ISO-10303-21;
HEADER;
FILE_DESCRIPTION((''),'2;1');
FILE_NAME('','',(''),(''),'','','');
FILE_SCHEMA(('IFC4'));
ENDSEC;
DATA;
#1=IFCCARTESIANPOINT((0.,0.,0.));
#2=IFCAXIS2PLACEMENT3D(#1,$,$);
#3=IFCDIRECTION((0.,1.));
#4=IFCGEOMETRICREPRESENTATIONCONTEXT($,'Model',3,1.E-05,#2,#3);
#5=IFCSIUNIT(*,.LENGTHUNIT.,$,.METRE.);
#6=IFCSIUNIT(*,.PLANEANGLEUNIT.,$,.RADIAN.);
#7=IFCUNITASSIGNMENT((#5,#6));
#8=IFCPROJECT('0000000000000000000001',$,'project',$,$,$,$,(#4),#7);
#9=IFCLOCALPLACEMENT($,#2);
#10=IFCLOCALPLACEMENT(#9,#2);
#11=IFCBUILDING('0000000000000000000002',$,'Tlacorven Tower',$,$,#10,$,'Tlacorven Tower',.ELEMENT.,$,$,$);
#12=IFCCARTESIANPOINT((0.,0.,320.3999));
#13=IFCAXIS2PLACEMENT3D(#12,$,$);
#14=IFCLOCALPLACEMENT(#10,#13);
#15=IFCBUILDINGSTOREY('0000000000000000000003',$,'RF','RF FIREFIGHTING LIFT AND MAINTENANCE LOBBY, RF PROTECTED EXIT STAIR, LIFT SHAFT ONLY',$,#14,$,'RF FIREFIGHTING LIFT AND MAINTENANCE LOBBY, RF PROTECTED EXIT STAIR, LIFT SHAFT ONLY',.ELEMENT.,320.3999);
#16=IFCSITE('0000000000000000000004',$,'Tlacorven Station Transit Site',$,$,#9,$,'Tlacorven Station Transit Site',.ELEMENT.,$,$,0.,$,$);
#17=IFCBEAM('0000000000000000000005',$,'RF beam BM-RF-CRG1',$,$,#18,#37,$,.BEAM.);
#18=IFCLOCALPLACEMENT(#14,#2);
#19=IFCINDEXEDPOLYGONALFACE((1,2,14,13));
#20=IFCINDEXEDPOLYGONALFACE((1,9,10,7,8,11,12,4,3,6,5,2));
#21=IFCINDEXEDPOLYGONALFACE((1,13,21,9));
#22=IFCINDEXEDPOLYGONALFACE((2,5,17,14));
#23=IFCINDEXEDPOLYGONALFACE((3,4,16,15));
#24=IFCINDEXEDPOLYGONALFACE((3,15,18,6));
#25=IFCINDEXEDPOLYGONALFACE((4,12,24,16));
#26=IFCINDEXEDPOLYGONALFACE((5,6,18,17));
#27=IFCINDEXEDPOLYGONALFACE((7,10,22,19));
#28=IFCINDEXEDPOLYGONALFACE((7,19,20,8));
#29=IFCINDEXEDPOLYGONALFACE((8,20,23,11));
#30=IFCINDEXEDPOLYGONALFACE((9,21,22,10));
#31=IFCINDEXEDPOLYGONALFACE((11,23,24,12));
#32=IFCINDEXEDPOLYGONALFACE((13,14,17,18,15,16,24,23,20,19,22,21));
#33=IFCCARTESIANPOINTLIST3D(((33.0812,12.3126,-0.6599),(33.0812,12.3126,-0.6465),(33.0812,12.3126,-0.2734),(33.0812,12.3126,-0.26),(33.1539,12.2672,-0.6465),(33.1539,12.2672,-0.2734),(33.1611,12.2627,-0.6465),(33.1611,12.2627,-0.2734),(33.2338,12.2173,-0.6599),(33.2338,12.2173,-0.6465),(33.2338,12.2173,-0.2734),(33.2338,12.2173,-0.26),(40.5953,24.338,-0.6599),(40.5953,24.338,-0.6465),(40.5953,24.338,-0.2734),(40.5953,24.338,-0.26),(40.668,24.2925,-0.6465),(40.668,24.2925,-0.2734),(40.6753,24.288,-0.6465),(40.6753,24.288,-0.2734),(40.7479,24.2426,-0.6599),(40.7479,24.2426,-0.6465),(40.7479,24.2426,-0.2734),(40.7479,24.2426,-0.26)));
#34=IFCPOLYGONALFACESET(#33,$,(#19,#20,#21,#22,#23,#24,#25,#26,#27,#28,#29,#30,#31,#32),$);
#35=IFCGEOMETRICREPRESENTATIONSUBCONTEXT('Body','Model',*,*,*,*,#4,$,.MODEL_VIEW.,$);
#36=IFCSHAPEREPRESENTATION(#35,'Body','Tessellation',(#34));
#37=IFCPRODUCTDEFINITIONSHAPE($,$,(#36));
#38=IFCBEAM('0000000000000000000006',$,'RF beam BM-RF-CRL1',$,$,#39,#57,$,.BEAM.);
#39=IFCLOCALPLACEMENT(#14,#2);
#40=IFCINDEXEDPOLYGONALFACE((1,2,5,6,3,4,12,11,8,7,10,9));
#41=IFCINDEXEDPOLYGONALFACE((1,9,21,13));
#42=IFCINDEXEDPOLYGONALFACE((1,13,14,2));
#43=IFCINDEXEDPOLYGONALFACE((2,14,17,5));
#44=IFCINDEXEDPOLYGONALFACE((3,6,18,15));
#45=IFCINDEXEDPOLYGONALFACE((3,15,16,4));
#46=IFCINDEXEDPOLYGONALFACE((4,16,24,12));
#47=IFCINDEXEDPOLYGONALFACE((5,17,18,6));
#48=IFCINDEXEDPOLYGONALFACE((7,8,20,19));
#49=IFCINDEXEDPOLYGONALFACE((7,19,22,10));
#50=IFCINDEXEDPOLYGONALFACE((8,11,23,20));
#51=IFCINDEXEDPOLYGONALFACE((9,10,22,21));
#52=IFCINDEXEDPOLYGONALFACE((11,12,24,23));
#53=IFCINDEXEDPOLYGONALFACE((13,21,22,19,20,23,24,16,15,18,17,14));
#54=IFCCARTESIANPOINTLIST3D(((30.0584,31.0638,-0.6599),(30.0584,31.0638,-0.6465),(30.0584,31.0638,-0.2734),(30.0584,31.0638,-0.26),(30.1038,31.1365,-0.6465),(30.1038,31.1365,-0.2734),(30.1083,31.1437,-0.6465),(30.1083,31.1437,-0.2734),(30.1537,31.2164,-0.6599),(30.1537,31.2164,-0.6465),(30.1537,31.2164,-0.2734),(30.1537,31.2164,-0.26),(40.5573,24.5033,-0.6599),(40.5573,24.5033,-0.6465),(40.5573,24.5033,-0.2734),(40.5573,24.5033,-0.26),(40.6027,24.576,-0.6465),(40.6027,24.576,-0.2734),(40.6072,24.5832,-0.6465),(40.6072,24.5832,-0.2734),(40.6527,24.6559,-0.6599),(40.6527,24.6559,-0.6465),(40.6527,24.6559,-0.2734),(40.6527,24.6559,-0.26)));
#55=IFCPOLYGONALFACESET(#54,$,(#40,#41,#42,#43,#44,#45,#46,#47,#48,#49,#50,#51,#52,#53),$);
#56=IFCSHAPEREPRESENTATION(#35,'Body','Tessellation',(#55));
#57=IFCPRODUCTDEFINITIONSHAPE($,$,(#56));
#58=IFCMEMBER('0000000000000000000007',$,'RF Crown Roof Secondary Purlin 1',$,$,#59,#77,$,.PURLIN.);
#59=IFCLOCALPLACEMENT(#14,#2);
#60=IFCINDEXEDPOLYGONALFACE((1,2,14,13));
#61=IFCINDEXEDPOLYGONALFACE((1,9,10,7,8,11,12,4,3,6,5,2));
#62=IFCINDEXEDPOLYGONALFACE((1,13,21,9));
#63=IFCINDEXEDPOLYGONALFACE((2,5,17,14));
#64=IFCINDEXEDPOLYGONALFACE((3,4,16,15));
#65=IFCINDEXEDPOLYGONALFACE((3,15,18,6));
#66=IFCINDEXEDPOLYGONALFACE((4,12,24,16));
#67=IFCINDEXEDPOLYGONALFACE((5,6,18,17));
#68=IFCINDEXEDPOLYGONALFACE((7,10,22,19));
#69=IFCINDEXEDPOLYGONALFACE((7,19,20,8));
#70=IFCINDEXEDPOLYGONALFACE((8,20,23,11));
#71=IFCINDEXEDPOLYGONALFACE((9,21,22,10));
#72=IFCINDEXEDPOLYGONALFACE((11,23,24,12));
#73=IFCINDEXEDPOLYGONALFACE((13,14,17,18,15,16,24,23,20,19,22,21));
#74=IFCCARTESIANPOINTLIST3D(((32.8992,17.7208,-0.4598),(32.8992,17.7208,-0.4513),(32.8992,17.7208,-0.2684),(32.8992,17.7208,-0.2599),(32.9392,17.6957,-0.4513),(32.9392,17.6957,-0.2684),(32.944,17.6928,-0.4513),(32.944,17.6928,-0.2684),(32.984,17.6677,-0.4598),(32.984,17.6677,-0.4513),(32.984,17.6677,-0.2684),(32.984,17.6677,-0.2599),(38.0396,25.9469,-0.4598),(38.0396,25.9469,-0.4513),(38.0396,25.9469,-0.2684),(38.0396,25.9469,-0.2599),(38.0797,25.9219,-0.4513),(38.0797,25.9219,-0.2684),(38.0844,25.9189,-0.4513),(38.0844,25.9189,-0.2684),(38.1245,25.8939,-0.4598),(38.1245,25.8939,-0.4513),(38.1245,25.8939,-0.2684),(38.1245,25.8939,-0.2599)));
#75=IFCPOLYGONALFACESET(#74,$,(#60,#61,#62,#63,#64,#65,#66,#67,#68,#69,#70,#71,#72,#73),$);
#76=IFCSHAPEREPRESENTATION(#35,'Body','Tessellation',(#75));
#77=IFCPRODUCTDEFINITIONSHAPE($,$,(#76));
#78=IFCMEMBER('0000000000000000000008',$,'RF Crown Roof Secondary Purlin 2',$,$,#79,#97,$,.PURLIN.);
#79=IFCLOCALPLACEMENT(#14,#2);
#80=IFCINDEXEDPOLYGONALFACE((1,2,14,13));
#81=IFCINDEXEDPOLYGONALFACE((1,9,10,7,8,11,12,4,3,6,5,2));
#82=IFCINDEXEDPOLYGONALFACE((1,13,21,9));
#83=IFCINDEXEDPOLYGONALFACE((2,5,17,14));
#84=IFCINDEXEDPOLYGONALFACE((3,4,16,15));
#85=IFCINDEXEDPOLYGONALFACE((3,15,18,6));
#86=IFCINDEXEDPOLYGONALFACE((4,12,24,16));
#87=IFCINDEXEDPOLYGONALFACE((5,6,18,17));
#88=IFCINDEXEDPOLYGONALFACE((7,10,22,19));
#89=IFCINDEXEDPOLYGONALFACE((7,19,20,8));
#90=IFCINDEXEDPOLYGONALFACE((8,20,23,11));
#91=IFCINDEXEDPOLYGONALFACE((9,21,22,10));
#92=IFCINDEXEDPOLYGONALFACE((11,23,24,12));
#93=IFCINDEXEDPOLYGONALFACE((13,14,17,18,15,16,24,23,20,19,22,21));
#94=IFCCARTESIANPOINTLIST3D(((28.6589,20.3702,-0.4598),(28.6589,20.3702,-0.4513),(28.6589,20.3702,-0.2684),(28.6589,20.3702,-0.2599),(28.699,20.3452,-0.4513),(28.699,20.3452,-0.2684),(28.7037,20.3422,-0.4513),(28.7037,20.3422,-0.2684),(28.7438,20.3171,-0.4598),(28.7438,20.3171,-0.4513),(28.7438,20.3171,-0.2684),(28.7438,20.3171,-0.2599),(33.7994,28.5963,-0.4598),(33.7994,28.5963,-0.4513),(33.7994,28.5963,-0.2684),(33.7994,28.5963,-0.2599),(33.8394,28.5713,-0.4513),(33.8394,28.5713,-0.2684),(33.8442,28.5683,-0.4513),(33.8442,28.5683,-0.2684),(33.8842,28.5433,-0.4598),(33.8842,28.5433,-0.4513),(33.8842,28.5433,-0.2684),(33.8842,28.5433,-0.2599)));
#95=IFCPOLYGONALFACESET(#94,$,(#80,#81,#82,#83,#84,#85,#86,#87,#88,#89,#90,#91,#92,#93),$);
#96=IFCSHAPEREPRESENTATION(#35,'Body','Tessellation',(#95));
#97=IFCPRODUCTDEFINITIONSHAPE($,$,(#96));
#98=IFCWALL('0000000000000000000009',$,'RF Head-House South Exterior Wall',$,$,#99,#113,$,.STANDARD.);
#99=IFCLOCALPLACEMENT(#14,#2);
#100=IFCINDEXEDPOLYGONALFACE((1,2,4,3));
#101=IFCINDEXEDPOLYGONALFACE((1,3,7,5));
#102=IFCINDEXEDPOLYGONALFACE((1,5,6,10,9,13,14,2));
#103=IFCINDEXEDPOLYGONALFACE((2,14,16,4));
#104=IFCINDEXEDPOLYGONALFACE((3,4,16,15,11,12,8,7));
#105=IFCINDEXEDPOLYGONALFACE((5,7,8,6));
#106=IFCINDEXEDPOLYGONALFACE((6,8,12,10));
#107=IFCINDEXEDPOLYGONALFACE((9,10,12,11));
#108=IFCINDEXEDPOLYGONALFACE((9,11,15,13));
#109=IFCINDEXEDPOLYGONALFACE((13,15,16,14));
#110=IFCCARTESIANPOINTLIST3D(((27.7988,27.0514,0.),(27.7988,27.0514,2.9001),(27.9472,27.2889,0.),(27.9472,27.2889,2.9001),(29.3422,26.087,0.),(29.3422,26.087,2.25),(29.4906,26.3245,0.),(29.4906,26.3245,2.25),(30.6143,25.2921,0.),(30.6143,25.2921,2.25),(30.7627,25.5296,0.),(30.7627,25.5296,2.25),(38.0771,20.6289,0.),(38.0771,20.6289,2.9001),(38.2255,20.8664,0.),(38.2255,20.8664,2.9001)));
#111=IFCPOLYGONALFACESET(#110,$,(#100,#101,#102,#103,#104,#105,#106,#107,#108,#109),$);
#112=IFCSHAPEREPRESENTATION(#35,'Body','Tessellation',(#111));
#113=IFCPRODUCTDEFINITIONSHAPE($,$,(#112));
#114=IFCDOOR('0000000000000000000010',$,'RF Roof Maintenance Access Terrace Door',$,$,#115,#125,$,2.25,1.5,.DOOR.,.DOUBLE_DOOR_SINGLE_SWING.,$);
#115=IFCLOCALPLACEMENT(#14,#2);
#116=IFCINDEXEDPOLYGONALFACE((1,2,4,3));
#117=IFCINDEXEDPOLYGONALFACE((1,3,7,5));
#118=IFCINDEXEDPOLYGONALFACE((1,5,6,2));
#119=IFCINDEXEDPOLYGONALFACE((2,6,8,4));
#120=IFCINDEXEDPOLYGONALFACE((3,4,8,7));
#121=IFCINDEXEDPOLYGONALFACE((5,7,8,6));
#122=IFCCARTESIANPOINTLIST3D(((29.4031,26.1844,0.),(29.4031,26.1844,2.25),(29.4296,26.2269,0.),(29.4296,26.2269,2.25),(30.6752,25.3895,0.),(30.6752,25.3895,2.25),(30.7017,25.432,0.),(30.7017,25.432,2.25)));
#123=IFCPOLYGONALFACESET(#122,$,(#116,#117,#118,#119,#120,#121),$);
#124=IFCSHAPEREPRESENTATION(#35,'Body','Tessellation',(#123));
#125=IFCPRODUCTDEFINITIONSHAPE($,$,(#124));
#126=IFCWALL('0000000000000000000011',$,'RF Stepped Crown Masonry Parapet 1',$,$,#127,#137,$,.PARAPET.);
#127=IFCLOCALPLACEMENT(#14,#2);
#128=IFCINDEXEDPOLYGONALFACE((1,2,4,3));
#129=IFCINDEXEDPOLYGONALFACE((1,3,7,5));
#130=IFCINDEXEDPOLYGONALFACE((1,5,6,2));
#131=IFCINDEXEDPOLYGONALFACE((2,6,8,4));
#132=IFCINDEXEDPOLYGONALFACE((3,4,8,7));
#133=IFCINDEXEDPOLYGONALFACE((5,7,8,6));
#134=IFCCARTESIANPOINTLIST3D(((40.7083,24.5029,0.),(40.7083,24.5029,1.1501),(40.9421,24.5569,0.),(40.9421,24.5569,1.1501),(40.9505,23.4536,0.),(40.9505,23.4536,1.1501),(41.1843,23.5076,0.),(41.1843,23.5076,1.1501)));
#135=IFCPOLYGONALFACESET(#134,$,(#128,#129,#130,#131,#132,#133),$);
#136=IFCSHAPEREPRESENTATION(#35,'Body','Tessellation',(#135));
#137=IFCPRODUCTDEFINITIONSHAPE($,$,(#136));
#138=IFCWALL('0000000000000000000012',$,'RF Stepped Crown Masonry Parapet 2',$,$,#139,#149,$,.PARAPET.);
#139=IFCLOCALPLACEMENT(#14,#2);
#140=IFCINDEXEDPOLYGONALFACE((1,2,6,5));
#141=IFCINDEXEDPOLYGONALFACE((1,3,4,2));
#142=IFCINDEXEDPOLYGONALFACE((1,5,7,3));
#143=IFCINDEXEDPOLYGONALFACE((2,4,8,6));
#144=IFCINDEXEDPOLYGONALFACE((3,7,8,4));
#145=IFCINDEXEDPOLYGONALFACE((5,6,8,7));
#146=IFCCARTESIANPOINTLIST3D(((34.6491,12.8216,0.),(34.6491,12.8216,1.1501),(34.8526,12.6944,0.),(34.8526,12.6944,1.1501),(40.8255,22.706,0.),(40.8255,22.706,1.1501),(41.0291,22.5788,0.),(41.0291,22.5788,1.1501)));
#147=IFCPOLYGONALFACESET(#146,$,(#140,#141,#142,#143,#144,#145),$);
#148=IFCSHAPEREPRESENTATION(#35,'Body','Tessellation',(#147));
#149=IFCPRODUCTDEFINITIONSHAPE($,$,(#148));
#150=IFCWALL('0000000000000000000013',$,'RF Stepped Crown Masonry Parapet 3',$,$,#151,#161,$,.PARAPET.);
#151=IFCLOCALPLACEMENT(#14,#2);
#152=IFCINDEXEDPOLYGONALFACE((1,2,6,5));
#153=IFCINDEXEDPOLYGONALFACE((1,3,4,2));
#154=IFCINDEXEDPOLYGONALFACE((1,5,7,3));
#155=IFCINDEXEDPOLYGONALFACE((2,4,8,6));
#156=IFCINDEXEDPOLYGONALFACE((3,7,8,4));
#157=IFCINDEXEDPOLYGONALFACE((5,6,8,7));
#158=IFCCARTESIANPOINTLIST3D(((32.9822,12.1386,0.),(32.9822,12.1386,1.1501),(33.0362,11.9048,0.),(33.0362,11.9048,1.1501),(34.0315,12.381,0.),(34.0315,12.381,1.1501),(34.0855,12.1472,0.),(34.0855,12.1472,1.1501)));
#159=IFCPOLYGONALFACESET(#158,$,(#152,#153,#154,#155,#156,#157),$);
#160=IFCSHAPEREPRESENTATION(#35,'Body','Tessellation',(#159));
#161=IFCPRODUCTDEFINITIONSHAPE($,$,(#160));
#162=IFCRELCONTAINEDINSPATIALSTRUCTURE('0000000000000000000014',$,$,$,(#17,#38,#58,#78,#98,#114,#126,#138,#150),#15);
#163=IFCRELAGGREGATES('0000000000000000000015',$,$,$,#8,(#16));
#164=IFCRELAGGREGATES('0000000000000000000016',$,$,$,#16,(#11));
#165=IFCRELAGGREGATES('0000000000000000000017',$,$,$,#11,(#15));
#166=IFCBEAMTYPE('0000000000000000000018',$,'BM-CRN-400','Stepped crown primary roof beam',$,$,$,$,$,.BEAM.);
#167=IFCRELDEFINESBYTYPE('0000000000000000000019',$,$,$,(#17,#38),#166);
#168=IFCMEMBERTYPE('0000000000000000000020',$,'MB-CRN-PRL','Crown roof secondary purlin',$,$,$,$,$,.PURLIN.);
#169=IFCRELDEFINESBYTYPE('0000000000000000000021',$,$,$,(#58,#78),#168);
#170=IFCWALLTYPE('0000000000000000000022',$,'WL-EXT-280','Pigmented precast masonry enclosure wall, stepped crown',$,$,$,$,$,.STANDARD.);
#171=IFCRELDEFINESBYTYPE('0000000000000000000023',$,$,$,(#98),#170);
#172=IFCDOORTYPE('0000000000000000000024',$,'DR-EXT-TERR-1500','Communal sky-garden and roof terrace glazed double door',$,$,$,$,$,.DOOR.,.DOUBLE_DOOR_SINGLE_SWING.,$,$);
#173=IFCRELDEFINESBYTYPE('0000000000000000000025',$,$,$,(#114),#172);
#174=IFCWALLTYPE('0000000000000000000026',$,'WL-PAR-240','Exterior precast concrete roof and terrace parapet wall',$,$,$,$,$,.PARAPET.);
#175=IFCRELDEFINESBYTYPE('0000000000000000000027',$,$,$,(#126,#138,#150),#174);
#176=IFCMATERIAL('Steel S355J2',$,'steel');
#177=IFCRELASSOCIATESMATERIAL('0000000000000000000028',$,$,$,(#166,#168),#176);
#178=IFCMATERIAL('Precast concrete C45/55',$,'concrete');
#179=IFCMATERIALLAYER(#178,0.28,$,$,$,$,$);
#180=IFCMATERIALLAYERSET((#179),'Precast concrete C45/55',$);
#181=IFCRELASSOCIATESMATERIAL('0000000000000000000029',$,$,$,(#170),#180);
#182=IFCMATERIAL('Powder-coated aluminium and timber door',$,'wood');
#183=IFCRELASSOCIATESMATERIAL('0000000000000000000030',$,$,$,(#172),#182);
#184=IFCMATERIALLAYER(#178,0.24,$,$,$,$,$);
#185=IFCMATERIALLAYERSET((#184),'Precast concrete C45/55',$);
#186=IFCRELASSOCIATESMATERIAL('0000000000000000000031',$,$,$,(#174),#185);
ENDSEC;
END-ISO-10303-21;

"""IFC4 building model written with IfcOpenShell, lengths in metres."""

from ifc_helpers import new_model, si_unit, direction, frame, frame_2d, origin, origin_2d, place, context, subcontext, project, spatial, rectangle, i_section, extrude, source, transform, mapped, material, layer, layer_set, material_profile, profile_set, type_object, element, fill, save


model = new_model("IFC4")

# Units and contexts
model_context = context("Model", 3, precision=1e-05, world=origin(), true_north=direction((0.0, 1.0)))
body_context = subcontext(model_context, "Body", "Model", "MODEL_VIEW")
ifc_project = project(units=[si_unit("LENGTHUNIT", "METRE"), si_unit("PLANEANGLEUNIT", "RADIAN")], contexts=[model_context])

# Site, building, storey
site_placement = place(None, origin())
site = spatial("IfcSite", under=ifc_project, at=site_placement, Name="Tlacorven Station Transit Site", LongName="Tlacorven Station Transit Site", CompositionType="ELEMENT", RefElevation=0.0)
building_placement = place(site_placement, origin())
building = spatial("IfcBuilding", under=site, at=building_placement, Name="Tlacorven Tower", LongName="Tlacorven Tower", CompositionType="ELEMENT")
storey_placement = place(building_placement, frame((0.0, 0.0, 320.3999)))
storey = spatial("IfcBuildingStorey", under=building, at=storey_placement, Name="RF", Description="RF FIREFIGHTING LIFT AND MAINTENANCE LOBBY, RF PROTECTED EXIT STAIR, LIFT SHAFT ONLY", LongName="RF FIREFIGHTING LIFT AND MAINTENANCE LOBBY, RF PROTECTED EXIT STAIR, LIFT SHAFT ONLY", CompositionType="ELEMENT", Elevation=320.3999)

# Beams
ifc_material_1 = material(Name="Steel S355J2", Category="steel")
ifc_material_profile_1 = material_profile(ifc_material_1, i_section(OverallWidth=0.1799, OverallDepth=0.3999, WebThickness=0.0085, FlangeThickness=0.0134, at=origin_2d()), Name="IPE 400")
ifc_profile_set_1 = profile_set([ifc_material_profile_1], Name="Steel S355J2")
beam_type = type_object("IfcBeamType", Name="BM-CRN-400", Description="Stepped crown primary roof beam", PredefinedType="BEAM", material=ifc_profile_set_1)
shared_shape_1 = source(origin(), body_context, "Body", "SweptSolid", [
    extrude(i_section(OverallWidth=0.1799, OverallDepth=0.3999, WebThickness=0.0085, FlangeThickness=0.0134, at=origin_2d()), origin(), (0.0, 0.0, 1.0), 14.1799),
])
beam_1_placement = place(storey_placement, frame((40.6716, 24.2903, -0.46), z_axis=(-0.529912, -0.848052, 0.0), x_axis=(0.848052, -0.529912, 0.0)))
element("IfcBeam", 1, at=beam_1_placement, inside=storey, type_object=beam_type, Name="RF beam BM-RF-CRG1", PredefinedType="BEAM", context=body_context, shape_type="MappedRepresentation", body=[
    mapped(shared_shape_1, transform((0.0, 0.0, 0.0), scale=1.0)),
])
shared_shape_2 = source(origin(), body_context, "Body", "SweptSolid", [
    extrude(i_section(OverallWidth=0.1799, OverallDepth=0.3999, WebThickness=0.0085, FlangeThickness=0.0134, at=origin_2d()), origin(), (0.0, 0.0, 1.0), 12.3801),
])
beam_2_placement = place(storey_placement, frame((40.605, 24.5796, -0.46), z_axis=(-0.848047, 0.529921, 0.0), x_axis=(-0.529921, -0.848047, 0.0)))
element("IfcBeam", 2, at=beam_2_placement, inside=storey, type_object=beam_type, Name="RF beam BM-RF-CRL1", PredefinedType="BEAM", context=body_context, shape_type="MappedRepresentation", body=[
    mapped(shared_shape_2, transform((0.0, 0.0, 0.0), scale=1.0)),
])

# Members
ifc_material_profile_2 = material_profile(ifc_material_1, i_section(OverallWidth=0.1001, OverallDepth=0.2, WebThickness=0.0056, FlangeThickness=0.0085, at=origin_2d()), Name="IPE 200")
ifc_profile_set_2 = profile_set([ifc_material_profile_2], Name="Steel S355J2")
member_type = type_object("IfcMemberType", Name="MB-CRN-PRL", Description="Crown roof secondary purlin", PredefinedType="PURLIN", material=ifc_profile_set_2)
shared_shape_3 = source(origin(), body_context, "Body", "SweptSolid", [
    extrude(i_section(OverallWidth=0.1001, OverallDepth=0.2, WebThickness=0.0056, FlangeThickness=0.0085, at=origin_2d()), origin(), (0.0, 0.0, 1.0), 9.7002),
])
for number, where, z_axis, x_axis, name in (
    (3, (38.082, 25.9204, -0.3599), (-0.529931, -0.848041, 0.0), (0.848041, -0.529931, 0.0), "RF Crown Roof Secondary Purlin 1"),
    (4, (33.8418, 28.5698, -0.3599), (-0.529931, -0.848041, 0.0), (0.848041, -0.529931, 0.0), "RF Crown Roof Secondary Purlin 2"),
):
    element("IfcMember", number, at=place(storey_placement, frame(where, z_axis=z_axis, x_axis=x_axis)), inside=storey, type_object=member_type, Name=name, PredefinedType="PURLIN", context=body_context, shape_type="MappedRepresentation", body=[
        mapped(shared_shape_3, transform((0.0, 0.0, 0.0), scale=1.0)),
    ])

# Wall, opening, door
ifc_material_2 = material(Name="Precast concrete C45/55", Category="concrete")
ifc_layer_1 = layer(ifc_material_2, 0.28)
ifc_layer_set_1 = layer_set([ifc_layer_1], Name="Precast concrete C45/55")
wall_type_1 = type_object("IfcWallType", Name="WL-EXT-280", Description="Pigmented precast masonry enclosure wall, stepped crown", PredefinedType="STANDARD", material=ifc_layer_set_1)
wall_1_placement = place(storey_placement, frame((38.1514, 20.7476, 0.0), z_axis=(0.0, 0.0, 1.0), x_axis=(-0.848048, 0.529919, 0.0)))
wall_1 = element("IfcWall", 5, at=wall_1_placement, inside=storey, type_object=wall_type_1, Name="RF Head-House South Exterior Wall", PredefinedType="STANDARD", context=body_context, shape_type="SweptSolid", body=[
    extrude(rectangle(XDim=12.1199, YDim=0.28, at=frame_2d((6.0601, 0.0))), origin(), (0.0, 0.0, 1.0), 2.9001),
])
opening_1_placement = place(wall_1_placement, frame((8.8, 0.0, 0.0)))
opening_1 = element("IfcOpeningElement", 6, at=opening_1_placement, cuts=wall_1, PredefinedType="OPENING", context=body_context, shape_type="SweptSolid", body=[
    extrude(rectangle(XDim=1.5, YDim=2.25, at=frame_2d((0.75, 1.125))), frame((0.0, 0.1499, 0.0), z_axis=(0.0, -1.0, 0.0), x_axis=(1.0, 0.0, 0.0)), (0.0, 0.0, 1.0), 0.3),
])
ifc_material_3 = material(Name="Powder-coated aluminium and timber door", Category="wood")
door_type_1 = type_object("IfcDoorType", Name="DR-EXT-TERR-1500", Description="Communal sky-garden and roof terrace glazed double door", OperationType="DOUBLE_DOOR_SINGLE_SWING", PredefinedType="DOOR", material=ifc_material_3)
shared_shape_4 = source(origin(), body_context, "Body", "SweptSolid", [
    extrude(rectangle(XDim=1.5, YDim=2.25, at=frame_2d((0.75, 1.125))), frame((0.0, 0.0249, 0.0), z_axis=(0.0, -1.0, 0.0), x_axis=(1.0, 0.0, 0.0)), (0.0, 0.0, 1.0), 0.05),
])
door_1_placement = place(opening_1_placement, frame((1.5, 0.0, 0.0), z_axis=(0.0, 0.0, 1.0), x_axis=(-1.0, 0.0, 0.0)))
door_1 = element("IfcDoor", 7, at=door_1_placement, inside=storey, type_object=door_type_1, Name="RF Roof Maintenance Access Terrace Door", OperationType="DOUBLE_DOOR_SINGLE_SWING", OverallHeight=2.25, OverallWidth=1.5, PredefinedType="DOOR", context=body_context, shape_type="MappedRepresentation", body=[
    mapped(shared_shape_4, transform((0.0, 0.0, 0.0), scale=1.0)),
])
fill(opening_1, door_1)

# Walls
ifc_layer_2 = layer(ifc_material_2, 0.24)
ifc_layer_set_2 = layer_set([ifc_layer_2], Name="Precast concrete C45/55")
wall_type_2 = type_object("IfcWallType", Name="WL-PAR-240", Description="Exterior precast concrete roof and terrace parapet wall", PredefinedType="PARAPET", material=ifc_layer_set_2)
wall_2_placement = place(storey_placement, frame((40.8252, 24.53, 0.0), z_axis=(0.0, 0.0, 1.0), x_axis=(0.224893, -0.974384, 0.0)))
element("IfcWall", 8, at=wall_2_placement, inside=storey, type_object=wall_type_2, Name="RF Stepped Crown Masonry Parapet 1", PredefinedType="PARAPET", context=body_context, shape_type="SweptSolid", body=[
    extrude(rectangle(XDim=1.0769, YDim=0.24, at=frame_2d((0.5386, 0.0))), origin(), (0.0, 0.0, 1.0), 1.1501),
])
wall_3_placement = place(storey_placement, frame((40.9272, 22.6423, 0.0), z_axis=(0.0, 0.0, 1.0), x_axis=(-0.529918, -0.848049, 0.0)))
element("IfcWall", 9, at=wall_3_placement, inside=storey, type_object=wall_type_2, Name="RF Stepped Crown Masonry Parapet 2", PredefinedType="PARAPET", context=body_context, shape_type="SweptSolid", body=[
    extrude(rectangle(XDim=11.6555, YDim=0.24, at=frame_2d((5.8276, 0.0))), origin(), (0.0, 0.0, 1.0), 1.1501),
])
wall_4_placement = place(storey_placement, frame((34.0586, 12.2642, 0.0), z_axis=(0.0, 0.0, 1.0), x_axis=(-0.974334, -0.225108, 0.0)))
element("IfcWall", 10, at=wall_4_placement, inside=storey, type_object=wall_type_2, Name="RF Stepped Crown Masonry Parapet 3", PredefinedType="PARAPET", context=body_context, shape_type="SweptSolid", body=[
    extrude(rectangle(XDim=1.0769, YDim=0.24, at=frame_2d((0.5386, 0.0))), origin(), (0.0, 0.0, 1.0), 1.1501),
])

save(model, "model.ifc")
